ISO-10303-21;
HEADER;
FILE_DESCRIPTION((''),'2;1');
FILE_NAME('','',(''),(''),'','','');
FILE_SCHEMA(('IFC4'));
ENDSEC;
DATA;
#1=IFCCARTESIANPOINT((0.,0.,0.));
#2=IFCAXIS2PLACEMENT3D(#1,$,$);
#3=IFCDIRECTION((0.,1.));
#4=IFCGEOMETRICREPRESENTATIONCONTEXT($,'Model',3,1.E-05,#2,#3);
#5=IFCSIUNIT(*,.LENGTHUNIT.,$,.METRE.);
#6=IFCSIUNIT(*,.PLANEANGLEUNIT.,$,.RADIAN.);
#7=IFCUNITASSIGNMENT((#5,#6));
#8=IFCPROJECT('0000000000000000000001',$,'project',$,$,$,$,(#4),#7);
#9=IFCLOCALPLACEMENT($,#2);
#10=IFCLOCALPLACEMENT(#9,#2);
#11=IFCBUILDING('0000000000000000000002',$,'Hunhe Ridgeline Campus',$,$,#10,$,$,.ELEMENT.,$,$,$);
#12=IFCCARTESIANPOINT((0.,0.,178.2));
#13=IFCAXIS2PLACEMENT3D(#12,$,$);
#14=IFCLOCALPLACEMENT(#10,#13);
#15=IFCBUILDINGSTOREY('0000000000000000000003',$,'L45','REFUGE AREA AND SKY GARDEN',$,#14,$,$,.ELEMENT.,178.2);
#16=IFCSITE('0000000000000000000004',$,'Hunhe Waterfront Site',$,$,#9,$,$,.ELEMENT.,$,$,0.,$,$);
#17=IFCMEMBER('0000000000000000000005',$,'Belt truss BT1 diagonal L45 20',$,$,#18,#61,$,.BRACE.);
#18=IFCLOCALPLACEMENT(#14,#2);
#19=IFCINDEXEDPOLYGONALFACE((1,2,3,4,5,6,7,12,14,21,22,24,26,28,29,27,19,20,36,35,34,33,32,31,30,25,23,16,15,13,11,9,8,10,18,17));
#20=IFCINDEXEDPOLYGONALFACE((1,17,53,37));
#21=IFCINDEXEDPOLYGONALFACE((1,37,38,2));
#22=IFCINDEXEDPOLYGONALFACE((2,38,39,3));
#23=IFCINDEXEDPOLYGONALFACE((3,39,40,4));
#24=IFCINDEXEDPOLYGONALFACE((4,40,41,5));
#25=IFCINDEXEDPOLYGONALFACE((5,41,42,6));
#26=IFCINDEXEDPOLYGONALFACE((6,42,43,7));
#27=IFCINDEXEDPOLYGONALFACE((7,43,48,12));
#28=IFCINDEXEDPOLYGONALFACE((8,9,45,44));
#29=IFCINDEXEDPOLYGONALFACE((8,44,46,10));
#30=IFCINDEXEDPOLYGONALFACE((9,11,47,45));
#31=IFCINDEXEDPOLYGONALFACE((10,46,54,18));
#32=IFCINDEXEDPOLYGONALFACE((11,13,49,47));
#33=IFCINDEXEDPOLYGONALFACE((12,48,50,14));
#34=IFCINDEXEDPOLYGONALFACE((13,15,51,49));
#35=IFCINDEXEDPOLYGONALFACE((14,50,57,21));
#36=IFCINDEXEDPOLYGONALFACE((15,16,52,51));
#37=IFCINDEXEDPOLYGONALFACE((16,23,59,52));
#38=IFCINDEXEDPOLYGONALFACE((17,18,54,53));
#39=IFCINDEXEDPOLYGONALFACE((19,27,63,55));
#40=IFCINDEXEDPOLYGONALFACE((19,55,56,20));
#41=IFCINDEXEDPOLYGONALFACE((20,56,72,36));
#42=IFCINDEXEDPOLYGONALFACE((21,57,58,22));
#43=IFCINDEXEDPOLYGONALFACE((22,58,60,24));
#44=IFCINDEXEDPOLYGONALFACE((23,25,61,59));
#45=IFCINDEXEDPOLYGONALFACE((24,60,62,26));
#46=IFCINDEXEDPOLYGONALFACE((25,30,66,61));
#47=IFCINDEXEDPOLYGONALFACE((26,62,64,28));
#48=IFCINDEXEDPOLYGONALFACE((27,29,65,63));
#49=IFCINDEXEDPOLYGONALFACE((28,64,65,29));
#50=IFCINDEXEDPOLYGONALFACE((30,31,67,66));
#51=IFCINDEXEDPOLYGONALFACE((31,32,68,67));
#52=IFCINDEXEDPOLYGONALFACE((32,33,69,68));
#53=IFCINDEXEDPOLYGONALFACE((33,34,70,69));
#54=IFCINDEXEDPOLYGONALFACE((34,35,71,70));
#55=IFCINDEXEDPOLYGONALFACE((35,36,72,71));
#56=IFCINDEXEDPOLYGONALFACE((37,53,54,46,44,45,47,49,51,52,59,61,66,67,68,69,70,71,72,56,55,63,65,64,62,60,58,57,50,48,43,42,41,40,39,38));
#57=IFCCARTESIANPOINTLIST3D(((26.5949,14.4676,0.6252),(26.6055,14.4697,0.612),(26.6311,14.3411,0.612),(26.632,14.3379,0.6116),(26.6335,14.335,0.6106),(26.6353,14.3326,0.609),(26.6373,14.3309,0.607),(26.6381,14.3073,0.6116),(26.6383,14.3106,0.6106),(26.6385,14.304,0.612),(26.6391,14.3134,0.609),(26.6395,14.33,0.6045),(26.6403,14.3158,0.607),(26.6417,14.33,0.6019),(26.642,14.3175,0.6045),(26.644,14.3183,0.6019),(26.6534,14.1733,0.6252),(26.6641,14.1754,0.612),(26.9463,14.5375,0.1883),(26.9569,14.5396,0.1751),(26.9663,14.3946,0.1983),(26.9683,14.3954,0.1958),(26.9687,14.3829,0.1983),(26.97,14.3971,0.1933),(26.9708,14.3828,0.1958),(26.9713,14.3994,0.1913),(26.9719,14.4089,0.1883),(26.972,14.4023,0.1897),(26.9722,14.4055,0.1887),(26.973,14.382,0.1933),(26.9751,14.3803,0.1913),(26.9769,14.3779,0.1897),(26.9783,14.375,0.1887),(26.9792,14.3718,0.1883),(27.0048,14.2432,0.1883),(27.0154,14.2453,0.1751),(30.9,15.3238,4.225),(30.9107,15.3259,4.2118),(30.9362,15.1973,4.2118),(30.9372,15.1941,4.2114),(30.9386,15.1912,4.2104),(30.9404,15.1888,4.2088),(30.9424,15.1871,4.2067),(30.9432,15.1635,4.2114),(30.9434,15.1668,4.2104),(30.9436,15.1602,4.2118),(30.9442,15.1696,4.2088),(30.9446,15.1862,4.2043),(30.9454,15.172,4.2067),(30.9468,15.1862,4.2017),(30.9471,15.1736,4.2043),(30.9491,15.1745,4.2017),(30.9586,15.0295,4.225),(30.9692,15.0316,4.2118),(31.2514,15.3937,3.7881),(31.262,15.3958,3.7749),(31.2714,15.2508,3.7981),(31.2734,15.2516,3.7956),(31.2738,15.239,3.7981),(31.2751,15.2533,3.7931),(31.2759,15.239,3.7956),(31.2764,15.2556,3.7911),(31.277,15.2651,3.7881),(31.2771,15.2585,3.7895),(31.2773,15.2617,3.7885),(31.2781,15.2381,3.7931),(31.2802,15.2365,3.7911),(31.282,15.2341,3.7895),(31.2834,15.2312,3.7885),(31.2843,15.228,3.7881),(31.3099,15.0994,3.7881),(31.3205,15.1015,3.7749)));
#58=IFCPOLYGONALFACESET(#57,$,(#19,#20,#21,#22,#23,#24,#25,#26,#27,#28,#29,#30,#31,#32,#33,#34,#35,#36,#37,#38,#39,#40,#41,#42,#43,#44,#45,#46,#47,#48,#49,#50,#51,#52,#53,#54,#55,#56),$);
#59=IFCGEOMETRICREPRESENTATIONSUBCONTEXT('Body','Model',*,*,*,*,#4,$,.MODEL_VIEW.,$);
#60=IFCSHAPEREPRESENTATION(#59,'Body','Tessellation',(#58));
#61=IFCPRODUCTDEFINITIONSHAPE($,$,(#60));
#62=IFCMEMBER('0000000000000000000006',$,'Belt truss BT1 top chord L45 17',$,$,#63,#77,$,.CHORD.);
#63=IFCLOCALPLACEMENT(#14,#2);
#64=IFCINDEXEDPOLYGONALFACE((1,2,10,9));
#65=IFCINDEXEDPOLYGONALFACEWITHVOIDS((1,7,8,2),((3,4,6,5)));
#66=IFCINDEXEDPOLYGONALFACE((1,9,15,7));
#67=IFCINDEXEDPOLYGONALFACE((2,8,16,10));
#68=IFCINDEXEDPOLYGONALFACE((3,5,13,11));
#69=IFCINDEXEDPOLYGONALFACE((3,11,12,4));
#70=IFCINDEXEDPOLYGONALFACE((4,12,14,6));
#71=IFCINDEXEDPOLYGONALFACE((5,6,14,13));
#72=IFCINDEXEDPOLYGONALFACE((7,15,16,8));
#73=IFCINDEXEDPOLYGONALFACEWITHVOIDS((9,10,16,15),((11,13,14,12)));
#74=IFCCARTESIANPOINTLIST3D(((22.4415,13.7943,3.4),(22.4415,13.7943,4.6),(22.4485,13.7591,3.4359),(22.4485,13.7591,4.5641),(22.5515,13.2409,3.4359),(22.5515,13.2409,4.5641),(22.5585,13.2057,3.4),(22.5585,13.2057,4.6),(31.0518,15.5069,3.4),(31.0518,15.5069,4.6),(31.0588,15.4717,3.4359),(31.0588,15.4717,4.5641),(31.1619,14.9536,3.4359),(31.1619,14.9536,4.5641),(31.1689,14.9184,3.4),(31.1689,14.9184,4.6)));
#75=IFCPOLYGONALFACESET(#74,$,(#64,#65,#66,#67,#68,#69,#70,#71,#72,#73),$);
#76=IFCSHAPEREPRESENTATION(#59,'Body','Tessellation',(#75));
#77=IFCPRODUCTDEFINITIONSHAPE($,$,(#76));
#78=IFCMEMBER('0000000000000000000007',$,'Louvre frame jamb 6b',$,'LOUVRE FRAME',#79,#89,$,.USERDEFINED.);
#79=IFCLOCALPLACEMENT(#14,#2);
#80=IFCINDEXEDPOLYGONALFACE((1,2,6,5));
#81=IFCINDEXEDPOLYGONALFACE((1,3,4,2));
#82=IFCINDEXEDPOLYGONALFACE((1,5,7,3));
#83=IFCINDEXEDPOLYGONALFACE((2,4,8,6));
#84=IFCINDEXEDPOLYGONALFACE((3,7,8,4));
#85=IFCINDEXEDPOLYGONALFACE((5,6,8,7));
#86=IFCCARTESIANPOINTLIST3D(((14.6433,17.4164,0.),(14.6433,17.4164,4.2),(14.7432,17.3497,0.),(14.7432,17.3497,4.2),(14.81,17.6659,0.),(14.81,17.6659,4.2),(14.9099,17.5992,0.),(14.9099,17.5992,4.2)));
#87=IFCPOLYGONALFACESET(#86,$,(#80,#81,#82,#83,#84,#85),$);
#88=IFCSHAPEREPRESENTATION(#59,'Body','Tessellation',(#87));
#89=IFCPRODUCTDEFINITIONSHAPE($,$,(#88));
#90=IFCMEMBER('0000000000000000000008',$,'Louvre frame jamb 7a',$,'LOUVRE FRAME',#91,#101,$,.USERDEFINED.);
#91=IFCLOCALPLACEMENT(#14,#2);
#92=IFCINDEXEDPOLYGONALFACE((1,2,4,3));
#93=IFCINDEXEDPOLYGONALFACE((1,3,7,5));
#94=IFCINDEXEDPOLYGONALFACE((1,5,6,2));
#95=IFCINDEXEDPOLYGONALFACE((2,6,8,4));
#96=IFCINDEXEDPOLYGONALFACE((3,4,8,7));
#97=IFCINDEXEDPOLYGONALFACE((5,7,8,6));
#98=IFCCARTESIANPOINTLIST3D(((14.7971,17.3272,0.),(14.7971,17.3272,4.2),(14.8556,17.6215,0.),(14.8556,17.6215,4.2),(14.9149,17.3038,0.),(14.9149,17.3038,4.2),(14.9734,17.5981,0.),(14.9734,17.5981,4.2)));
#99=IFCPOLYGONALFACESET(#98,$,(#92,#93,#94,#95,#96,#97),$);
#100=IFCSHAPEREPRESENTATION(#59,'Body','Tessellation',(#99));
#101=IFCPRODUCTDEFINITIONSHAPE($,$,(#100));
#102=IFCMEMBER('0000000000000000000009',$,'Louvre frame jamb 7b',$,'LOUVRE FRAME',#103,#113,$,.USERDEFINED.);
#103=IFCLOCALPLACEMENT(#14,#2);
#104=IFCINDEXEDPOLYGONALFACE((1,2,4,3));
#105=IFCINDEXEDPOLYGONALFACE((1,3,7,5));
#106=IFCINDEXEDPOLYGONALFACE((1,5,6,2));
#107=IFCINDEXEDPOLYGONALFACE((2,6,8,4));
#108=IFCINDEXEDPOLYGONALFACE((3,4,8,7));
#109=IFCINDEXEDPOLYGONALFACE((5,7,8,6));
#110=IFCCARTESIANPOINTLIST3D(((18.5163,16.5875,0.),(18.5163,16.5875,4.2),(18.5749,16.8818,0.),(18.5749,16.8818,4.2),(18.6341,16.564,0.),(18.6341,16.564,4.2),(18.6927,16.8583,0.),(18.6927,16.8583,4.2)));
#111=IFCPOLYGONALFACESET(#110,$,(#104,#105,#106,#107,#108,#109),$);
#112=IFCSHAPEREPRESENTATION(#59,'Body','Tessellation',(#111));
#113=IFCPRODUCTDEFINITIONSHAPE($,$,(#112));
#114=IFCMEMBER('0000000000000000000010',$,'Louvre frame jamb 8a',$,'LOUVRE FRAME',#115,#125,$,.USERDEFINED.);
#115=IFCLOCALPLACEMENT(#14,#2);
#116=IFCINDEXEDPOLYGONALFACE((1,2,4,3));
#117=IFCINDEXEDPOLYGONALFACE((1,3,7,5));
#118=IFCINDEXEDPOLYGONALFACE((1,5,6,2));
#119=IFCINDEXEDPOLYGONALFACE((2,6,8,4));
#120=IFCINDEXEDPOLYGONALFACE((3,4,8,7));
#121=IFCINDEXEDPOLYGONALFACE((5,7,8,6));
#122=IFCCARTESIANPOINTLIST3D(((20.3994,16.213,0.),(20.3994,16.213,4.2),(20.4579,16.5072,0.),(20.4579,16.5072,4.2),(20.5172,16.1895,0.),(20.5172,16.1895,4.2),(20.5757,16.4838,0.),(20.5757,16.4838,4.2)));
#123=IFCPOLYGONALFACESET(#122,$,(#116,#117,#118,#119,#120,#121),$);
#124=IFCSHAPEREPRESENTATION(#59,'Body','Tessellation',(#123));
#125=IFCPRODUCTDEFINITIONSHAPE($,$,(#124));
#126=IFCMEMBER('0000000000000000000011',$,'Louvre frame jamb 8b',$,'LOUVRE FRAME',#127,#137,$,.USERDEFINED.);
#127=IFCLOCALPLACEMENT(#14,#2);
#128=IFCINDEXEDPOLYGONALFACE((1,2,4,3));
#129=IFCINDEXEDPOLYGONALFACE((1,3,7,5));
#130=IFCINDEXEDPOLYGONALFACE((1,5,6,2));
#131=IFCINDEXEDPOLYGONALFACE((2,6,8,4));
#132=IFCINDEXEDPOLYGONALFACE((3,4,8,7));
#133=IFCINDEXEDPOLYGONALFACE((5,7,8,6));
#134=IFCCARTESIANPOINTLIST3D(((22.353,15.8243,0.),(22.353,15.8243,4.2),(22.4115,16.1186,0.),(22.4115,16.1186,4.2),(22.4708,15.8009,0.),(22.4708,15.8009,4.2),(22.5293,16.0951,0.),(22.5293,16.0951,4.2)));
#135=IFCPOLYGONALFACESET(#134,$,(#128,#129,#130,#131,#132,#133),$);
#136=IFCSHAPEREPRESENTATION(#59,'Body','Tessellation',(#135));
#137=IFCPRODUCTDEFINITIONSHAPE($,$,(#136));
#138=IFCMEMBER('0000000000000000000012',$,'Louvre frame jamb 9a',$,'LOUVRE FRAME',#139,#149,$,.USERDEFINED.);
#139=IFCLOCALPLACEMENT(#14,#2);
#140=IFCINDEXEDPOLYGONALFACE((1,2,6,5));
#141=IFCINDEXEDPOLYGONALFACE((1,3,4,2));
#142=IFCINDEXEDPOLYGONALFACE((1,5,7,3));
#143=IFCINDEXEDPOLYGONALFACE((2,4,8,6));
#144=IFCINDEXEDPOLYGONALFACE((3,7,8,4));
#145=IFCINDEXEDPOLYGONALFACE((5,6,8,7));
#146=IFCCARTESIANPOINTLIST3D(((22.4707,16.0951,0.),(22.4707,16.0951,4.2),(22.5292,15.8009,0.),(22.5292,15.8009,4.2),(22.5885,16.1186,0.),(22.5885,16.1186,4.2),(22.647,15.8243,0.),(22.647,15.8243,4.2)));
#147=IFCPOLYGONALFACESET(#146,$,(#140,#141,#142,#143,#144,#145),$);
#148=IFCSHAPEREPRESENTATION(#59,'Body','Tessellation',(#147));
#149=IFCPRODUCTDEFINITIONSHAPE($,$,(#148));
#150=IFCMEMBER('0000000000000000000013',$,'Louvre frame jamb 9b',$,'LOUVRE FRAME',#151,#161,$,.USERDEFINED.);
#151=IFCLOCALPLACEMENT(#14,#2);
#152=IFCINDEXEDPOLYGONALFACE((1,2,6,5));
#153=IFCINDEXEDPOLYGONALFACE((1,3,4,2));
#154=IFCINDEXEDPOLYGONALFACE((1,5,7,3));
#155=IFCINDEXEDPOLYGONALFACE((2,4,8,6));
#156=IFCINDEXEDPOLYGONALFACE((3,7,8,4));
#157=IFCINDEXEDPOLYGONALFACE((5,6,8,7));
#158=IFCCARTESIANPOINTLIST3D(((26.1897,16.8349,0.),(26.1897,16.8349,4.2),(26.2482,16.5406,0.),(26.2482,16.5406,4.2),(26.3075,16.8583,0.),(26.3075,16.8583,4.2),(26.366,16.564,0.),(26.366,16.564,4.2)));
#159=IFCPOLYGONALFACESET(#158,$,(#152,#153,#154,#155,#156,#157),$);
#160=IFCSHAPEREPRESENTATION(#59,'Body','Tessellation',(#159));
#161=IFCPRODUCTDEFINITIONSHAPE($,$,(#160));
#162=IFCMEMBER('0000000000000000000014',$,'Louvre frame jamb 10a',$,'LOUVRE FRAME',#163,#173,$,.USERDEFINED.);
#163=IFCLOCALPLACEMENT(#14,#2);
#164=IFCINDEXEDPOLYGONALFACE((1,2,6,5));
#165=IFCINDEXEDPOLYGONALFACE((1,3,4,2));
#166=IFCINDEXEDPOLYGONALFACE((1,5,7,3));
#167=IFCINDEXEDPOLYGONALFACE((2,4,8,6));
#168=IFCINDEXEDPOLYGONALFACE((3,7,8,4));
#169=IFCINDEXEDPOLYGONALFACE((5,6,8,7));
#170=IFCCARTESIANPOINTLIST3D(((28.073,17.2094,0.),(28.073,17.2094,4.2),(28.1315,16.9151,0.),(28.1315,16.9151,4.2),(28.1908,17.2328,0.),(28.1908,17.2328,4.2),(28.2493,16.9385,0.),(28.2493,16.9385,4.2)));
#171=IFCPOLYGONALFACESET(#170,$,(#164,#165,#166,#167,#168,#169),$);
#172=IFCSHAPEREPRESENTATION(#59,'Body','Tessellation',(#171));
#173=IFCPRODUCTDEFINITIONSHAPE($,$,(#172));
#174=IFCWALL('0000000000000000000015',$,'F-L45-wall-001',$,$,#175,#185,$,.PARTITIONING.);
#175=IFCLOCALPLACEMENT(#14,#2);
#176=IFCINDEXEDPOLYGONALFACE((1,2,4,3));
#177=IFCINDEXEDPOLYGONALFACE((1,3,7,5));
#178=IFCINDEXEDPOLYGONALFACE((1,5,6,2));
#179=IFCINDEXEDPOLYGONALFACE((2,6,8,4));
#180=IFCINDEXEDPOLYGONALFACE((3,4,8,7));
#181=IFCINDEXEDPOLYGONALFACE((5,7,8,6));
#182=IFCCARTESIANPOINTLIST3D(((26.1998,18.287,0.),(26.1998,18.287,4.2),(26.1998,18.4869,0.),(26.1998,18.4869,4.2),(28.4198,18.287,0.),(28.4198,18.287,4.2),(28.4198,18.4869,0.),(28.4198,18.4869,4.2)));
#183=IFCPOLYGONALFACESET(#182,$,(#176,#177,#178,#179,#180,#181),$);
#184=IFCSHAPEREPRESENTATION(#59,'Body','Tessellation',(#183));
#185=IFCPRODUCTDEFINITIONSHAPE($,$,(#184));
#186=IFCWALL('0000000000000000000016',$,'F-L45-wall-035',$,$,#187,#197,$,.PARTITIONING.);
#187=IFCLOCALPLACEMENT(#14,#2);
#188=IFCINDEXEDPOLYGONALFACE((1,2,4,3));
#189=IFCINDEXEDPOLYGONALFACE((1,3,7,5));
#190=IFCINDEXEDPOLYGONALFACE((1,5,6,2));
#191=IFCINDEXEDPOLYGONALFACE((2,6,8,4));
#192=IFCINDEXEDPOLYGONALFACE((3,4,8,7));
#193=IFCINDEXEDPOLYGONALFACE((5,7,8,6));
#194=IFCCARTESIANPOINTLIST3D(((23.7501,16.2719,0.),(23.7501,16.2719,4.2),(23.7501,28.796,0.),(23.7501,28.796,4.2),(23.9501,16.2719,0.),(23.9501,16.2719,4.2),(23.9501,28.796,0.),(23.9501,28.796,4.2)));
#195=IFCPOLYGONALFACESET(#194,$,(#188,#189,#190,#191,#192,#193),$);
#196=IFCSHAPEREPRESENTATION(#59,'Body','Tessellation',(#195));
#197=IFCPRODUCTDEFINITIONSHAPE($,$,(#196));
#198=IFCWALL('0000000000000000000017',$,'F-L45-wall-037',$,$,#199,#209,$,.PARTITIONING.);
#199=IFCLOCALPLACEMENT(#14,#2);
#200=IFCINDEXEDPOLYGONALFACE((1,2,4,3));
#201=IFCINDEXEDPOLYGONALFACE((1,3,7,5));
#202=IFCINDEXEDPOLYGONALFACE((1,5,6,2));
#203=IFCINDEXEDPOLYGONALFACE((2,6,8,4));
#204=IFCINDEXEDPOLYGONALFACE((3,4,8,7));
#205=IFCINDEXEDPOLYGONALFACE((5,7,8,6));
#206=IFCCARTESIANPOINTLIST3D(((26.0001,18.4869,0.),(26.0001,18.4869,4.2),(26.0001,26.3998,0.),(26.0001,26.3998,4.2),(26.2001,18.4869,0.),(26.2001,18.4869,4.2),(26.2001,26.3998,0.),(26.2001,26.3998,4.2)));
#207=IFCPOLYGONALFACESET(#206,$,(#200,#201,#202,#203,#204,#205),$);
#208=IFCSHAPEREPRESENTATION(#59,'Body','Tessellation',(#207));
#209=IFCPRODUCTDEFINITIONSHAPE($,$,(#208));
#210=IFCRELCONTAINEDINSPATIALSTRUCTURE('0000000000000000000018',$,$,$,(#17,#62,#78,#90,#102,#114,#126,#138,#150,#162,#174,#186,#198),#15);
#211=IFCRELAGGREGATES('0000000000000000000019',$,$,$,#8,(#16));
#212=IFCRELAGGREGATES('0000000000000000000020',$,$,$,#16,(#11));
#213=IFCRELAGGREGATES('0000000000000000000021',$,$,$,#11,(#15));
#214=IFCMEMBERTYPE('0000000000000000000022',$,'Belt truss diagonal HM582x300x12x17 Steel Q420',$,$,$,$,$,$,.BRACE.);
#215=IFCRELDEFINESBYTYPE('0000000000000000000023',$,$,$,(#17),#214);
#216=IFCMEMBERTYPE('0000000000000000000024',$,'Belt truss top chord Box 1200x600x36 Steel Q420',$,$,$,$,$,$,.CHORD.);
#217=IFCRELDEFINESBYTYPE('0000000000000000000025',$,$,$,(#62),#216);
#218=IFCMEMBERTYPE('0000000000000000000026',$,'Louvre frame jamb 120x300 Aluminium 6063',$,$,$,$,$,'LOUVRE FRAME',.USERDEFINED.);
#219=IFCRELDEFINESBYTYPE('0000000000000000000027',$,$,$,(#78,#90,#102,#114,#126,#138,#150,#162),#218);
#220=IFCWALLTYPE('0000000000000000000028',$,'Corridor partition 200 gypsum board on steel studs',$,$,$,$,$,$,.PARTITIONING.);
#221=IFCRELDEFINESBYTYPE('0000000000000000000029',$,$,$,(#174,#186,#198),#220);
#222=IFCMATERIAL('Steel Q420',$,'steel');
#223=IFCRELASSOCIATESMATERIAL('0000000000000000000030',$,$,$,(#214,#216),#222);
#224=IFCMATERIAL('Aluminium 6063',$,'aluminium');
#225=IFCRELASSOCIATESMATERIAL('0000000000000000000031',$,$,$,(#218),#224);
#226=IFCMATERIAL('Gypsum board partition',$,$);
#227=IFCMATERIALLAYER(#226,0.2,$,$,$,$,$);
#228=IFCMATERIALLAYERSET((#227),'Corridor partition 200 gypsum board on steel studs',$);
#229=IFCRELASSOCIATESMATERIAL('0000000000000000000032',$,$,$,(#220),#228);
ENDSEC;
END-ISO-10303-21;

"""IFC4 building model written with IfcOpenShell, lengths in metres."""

from ifc_helpers import new_model, si_unit, direction, frame, frame_2d, origin, origin_2d, place, context, subcontext, project, spatial, rectangle, hollow_rectangle, i_section, extrude, material, layer, layer_set, material_profile, profile_set, type_object, element, save


model = new_model("IFC4")

# Units and contexts
model_context = context("Model", 3, precision=1e-05, world=origin(), true_north=direction((0.0, 1.0)))
body_context = subcontext(model_context, "Body", "Model", "MODEL_VIEW")
ifc_project = project(units=[si_unit("LENGTHUNIT", "METRE"), si_unit("PLANEANGLEUNIT", "RADIAN")], contexts=[model_context])

# Site, building, storey
site_placement = place(None, origin())
site = spatial("IfcSite", under=ifc_project, at=site_placement, Name="Hunhe Waterfront Site", CompositionType="ELEMENT", RefElevation=0.0)
building_placement = place(site_placement, origin())
building = spatial("IfcBuilding", under=site, at=building_placement, Name="Hunhe Ridgeline Campus", CompositionType="ELEMENT")
storey_placement = place(building_placement, frame((0.0, 0.0, 178.2)))
storey = spatial("IfcBuildingStorey", under=building, at=storey_placement, Name="L45", Description="REFUGE AREA AND SKY GARDEN", CompositionType="ELEMENT", Elevation=178.2)

# Members
ifc_material_1 = material(Name="Steel Q420", Category="steel")
ifc_material_profile_1 = material_profile(ifc_material_1, i_section(OverallWidth=0.3, OverallDepth=0.582, WebThickness=0.012, FlangeThickness=0.0171, FilletRadius=0.0129, at=origin_2d()))
ifc_profile_set_1 = profile_set([ifc_material_profile_1], Name="Steel Q420")
member_type_1 = type_object("IfcMemberType", Name="Belt truss diagonal HM582x300x12x17 Steel Q420", PredefinedType="BRACE", material=ifc_profile_set_1)
member_1_placement = place(storey_placement, frame((26.8052, 14.3564, 0.4001), z_axis=(0.758375, 0.150823, 0.634129), x_axis=(-0.195057, 0.980792, 0.0)))
element("IfcMember", 1, at=member_1_placement, inside=storey, type_object=member_type_1, Name="Belt truss BT1 diagonal L45 20", PredefinedType="BRACE", context=body_context, shape_type="SweptSolid", body=[
    extrude(i_section(OverallWidth=0.3, OverallDepth=0.582, WebThickness=0.012, FlangeThickness=0.0171, FilletRadius=0.0129, at=origin_2d()), origin(), (0.0, 0.0, 1.0), 5.6768),
])
ifc_material_profile_2 = material_profile(ifc_material_1, hollow_rectangle(XDim=0.6001, YDim=1.2, WallThickness=0.0359, at=origin_2d()))
ifc_profile_set_2 = profile_set([ifc_material_profile_2], Name="Steel Q420")
member_type_2 = type_object("IfcMemberType", Name="Belt truss top chord Box 1200x600x36 Steel Q420", PredefinedType="CHORD", material=ifc_profile_set_2)
member_2_placement = place(storey_placement, frame((22.5, 13.5, 4.0), z_axis=(0.980787, 0.195084, 0.0), x_axis=(-0.195084, 0.980787, 0.0)))
element("IfcMember", 2, at=member_2_placement, inside=storey, type_object=member_type_2, Name="Belt truss BT1 top chord L45 17", PredefinedType="CHORD", context=body_context, shape_type="SweptSolid", body=[
    extrude(hollow_rectangle(XDim=0.6001, YDim=1.2, WallThickness=0.0359, at=origin_2d()), origin(), (0.0, 0.0, 1.0), 8.7791),
])
ifc_material_2 = material(Name="Aluminium 6063", Category="aluminium")
ifc_material_profile_3 = material_profile(ifc_material_2, rectangle(XDim=0.3, YDim=0.1201, at=origin_2d()))
ifc_profile_set_3 = profile_set([ifc_material_profile_3], Name="Aluminium 6063")
member_type_3 = type_object("IfcMemberType", Name="Louvre frame jamb 120x300 Aluminium 6063", ElementType="LOUVRE FRAME", PredefinedType="USERDEFINED", material=ifc_profile_set_3)
for number, where, z_axis, x_axis, name in (
    (3, (14.7766, 17.5078, 0.0), (0.0, 0.0, 1.0), (0.55557, 0.83147, 0.0), "Louvre frame jamb 6b"),
    (4, (14.8853, 17.4626, 0.0), (0.0, 0.0, 1.0), (0.19509, 0.980785, 0.0), "Louvre frame jamb 7a"),
    (5, (18.6045, 16.7229, 0.0), (0.0, 0.0, 1.0), (0.19509, 0.980785, 0.0), "Louvre frame jamb 7b"),
    (6, (20.4875, 16.3484, 0.0), (0.0, 0.0, 1.0), (0.19509, 0.980785, 0.0), "Louvre frame jamb 8a"),
    (7, (22.4412, 15.9597, 0.0), (0.0, 0.0, 1.0), (0.19509, 0.980785, 0.0), "Louvre frame jamb 8b"),
    (8, (22.5588, 15.9597, 0.0), (0.0, 0.0, 1.0), (-0.19509, 0.980785, 0.0), "Louvre frame jamb 9a"),
    (9, (26.2778, 16.6995, 0.0), (0.0, 0.0, 1.0), (-0.19509, 0.980785, 0.0), "Louvre frame jamb 9b"),
    (10, (28.1611, 17.074, 0.0), (0.0, 0.0, 1.0), (-0.19509, 0.980785, 0.0), "Louvre frame jamb 10a"),
):
    element("IfcMember", number, at=place(storey_placement, frame(where, z_axis=z_axis, x_axis=x_axis)), inside=storey, type_object=member_type_3, Name=name, ObjectType="LOUVRE FRAME", PredefinedType="USERDEFINED", context=body_context, shape_type="SweptSolid", body=[
        extrude(rectangle(XDim=0.3, YDim=0.1201, at=origin_2d()), origin(), (0.0, 0.0, 1.0), 4.2),
    ])

# Walls
ifc_material_3 = material(Name="Gypsum board partition")
ifc_layer_1 = layer(ifc_material_3, 0.2)
ifc_layer_set_1 = layer_set([ifc_layer_1], Name="Corridor partition 200 gypsum board on steel studs")
wall_type_1 = type_object("IfcWallType", Name="Corridor partition 200 gypsum board on steel studs", PredefinedType="PARTITIONING", material=ifc_layer_set_1)
wall_1_placement = place(storey_placement, frame((26.2, 18.387, 0.0), z_axis=(0.0, 0.0, 1.0), x_axis=(1.0, 0.0, 0.0)))
element("IfcWall", 11, at=wall_1_placement, inside=storey, type_object=wall_type_1, Name="F-L45-wall-001", PredefinedType="PARTITIONING", context=body_context, shape_type="SweptSolid", body=[
    extrude(rectangle(XDim=2.22, YDim=0.2, at=frame_2d((1.1099, 0.0))), origin(), (0.0, 0.0, 1.0), 4.2),
])
wall_2_placement = place(storey_placement, frame((23.8501, 16.2717, 0.0), z_axis=(0.0, 0.0, 1.0), x_axis=(0.0, 1.0, 0.0)))
element("IfcWall", 12, at=wall_2_placement, inside=storey, type_object=wall_type_1, Name="F-L45-wall-035", PredefinedType="PARTITIONING", context=body_context, shape_type="SweptSolid", body=[
    extrude(rectangle(XDim=12.5242, YDim=0.2, at=frame_2d((6.2622, 0.0))), origin(), (0.0, 0.0, 1.0), 4.2),
])
wall_3_placement = place(storey_placement, frame((26.1001, 26.3999, 0.0), z_axis=(0.0, 0.0, 1.0), x_axis=(0.0, -1.0, 0.0)))
element("IfcWall", 13, at=wall_3_placement, inside=storey, type_object=wall_type_1, Name="F-L45-wall-037", PredefinedType="PARTITIONING", context=body_context, shape_type="SweptSolid", body=[
    extrude(rectangle(XDim=7.9128, YDim=0.2, at=frame_2d((3.9565, 0.0))), origin(), (0.0, 0.0, 1.0), 4.2),
])

save(model, "model.ifc")
